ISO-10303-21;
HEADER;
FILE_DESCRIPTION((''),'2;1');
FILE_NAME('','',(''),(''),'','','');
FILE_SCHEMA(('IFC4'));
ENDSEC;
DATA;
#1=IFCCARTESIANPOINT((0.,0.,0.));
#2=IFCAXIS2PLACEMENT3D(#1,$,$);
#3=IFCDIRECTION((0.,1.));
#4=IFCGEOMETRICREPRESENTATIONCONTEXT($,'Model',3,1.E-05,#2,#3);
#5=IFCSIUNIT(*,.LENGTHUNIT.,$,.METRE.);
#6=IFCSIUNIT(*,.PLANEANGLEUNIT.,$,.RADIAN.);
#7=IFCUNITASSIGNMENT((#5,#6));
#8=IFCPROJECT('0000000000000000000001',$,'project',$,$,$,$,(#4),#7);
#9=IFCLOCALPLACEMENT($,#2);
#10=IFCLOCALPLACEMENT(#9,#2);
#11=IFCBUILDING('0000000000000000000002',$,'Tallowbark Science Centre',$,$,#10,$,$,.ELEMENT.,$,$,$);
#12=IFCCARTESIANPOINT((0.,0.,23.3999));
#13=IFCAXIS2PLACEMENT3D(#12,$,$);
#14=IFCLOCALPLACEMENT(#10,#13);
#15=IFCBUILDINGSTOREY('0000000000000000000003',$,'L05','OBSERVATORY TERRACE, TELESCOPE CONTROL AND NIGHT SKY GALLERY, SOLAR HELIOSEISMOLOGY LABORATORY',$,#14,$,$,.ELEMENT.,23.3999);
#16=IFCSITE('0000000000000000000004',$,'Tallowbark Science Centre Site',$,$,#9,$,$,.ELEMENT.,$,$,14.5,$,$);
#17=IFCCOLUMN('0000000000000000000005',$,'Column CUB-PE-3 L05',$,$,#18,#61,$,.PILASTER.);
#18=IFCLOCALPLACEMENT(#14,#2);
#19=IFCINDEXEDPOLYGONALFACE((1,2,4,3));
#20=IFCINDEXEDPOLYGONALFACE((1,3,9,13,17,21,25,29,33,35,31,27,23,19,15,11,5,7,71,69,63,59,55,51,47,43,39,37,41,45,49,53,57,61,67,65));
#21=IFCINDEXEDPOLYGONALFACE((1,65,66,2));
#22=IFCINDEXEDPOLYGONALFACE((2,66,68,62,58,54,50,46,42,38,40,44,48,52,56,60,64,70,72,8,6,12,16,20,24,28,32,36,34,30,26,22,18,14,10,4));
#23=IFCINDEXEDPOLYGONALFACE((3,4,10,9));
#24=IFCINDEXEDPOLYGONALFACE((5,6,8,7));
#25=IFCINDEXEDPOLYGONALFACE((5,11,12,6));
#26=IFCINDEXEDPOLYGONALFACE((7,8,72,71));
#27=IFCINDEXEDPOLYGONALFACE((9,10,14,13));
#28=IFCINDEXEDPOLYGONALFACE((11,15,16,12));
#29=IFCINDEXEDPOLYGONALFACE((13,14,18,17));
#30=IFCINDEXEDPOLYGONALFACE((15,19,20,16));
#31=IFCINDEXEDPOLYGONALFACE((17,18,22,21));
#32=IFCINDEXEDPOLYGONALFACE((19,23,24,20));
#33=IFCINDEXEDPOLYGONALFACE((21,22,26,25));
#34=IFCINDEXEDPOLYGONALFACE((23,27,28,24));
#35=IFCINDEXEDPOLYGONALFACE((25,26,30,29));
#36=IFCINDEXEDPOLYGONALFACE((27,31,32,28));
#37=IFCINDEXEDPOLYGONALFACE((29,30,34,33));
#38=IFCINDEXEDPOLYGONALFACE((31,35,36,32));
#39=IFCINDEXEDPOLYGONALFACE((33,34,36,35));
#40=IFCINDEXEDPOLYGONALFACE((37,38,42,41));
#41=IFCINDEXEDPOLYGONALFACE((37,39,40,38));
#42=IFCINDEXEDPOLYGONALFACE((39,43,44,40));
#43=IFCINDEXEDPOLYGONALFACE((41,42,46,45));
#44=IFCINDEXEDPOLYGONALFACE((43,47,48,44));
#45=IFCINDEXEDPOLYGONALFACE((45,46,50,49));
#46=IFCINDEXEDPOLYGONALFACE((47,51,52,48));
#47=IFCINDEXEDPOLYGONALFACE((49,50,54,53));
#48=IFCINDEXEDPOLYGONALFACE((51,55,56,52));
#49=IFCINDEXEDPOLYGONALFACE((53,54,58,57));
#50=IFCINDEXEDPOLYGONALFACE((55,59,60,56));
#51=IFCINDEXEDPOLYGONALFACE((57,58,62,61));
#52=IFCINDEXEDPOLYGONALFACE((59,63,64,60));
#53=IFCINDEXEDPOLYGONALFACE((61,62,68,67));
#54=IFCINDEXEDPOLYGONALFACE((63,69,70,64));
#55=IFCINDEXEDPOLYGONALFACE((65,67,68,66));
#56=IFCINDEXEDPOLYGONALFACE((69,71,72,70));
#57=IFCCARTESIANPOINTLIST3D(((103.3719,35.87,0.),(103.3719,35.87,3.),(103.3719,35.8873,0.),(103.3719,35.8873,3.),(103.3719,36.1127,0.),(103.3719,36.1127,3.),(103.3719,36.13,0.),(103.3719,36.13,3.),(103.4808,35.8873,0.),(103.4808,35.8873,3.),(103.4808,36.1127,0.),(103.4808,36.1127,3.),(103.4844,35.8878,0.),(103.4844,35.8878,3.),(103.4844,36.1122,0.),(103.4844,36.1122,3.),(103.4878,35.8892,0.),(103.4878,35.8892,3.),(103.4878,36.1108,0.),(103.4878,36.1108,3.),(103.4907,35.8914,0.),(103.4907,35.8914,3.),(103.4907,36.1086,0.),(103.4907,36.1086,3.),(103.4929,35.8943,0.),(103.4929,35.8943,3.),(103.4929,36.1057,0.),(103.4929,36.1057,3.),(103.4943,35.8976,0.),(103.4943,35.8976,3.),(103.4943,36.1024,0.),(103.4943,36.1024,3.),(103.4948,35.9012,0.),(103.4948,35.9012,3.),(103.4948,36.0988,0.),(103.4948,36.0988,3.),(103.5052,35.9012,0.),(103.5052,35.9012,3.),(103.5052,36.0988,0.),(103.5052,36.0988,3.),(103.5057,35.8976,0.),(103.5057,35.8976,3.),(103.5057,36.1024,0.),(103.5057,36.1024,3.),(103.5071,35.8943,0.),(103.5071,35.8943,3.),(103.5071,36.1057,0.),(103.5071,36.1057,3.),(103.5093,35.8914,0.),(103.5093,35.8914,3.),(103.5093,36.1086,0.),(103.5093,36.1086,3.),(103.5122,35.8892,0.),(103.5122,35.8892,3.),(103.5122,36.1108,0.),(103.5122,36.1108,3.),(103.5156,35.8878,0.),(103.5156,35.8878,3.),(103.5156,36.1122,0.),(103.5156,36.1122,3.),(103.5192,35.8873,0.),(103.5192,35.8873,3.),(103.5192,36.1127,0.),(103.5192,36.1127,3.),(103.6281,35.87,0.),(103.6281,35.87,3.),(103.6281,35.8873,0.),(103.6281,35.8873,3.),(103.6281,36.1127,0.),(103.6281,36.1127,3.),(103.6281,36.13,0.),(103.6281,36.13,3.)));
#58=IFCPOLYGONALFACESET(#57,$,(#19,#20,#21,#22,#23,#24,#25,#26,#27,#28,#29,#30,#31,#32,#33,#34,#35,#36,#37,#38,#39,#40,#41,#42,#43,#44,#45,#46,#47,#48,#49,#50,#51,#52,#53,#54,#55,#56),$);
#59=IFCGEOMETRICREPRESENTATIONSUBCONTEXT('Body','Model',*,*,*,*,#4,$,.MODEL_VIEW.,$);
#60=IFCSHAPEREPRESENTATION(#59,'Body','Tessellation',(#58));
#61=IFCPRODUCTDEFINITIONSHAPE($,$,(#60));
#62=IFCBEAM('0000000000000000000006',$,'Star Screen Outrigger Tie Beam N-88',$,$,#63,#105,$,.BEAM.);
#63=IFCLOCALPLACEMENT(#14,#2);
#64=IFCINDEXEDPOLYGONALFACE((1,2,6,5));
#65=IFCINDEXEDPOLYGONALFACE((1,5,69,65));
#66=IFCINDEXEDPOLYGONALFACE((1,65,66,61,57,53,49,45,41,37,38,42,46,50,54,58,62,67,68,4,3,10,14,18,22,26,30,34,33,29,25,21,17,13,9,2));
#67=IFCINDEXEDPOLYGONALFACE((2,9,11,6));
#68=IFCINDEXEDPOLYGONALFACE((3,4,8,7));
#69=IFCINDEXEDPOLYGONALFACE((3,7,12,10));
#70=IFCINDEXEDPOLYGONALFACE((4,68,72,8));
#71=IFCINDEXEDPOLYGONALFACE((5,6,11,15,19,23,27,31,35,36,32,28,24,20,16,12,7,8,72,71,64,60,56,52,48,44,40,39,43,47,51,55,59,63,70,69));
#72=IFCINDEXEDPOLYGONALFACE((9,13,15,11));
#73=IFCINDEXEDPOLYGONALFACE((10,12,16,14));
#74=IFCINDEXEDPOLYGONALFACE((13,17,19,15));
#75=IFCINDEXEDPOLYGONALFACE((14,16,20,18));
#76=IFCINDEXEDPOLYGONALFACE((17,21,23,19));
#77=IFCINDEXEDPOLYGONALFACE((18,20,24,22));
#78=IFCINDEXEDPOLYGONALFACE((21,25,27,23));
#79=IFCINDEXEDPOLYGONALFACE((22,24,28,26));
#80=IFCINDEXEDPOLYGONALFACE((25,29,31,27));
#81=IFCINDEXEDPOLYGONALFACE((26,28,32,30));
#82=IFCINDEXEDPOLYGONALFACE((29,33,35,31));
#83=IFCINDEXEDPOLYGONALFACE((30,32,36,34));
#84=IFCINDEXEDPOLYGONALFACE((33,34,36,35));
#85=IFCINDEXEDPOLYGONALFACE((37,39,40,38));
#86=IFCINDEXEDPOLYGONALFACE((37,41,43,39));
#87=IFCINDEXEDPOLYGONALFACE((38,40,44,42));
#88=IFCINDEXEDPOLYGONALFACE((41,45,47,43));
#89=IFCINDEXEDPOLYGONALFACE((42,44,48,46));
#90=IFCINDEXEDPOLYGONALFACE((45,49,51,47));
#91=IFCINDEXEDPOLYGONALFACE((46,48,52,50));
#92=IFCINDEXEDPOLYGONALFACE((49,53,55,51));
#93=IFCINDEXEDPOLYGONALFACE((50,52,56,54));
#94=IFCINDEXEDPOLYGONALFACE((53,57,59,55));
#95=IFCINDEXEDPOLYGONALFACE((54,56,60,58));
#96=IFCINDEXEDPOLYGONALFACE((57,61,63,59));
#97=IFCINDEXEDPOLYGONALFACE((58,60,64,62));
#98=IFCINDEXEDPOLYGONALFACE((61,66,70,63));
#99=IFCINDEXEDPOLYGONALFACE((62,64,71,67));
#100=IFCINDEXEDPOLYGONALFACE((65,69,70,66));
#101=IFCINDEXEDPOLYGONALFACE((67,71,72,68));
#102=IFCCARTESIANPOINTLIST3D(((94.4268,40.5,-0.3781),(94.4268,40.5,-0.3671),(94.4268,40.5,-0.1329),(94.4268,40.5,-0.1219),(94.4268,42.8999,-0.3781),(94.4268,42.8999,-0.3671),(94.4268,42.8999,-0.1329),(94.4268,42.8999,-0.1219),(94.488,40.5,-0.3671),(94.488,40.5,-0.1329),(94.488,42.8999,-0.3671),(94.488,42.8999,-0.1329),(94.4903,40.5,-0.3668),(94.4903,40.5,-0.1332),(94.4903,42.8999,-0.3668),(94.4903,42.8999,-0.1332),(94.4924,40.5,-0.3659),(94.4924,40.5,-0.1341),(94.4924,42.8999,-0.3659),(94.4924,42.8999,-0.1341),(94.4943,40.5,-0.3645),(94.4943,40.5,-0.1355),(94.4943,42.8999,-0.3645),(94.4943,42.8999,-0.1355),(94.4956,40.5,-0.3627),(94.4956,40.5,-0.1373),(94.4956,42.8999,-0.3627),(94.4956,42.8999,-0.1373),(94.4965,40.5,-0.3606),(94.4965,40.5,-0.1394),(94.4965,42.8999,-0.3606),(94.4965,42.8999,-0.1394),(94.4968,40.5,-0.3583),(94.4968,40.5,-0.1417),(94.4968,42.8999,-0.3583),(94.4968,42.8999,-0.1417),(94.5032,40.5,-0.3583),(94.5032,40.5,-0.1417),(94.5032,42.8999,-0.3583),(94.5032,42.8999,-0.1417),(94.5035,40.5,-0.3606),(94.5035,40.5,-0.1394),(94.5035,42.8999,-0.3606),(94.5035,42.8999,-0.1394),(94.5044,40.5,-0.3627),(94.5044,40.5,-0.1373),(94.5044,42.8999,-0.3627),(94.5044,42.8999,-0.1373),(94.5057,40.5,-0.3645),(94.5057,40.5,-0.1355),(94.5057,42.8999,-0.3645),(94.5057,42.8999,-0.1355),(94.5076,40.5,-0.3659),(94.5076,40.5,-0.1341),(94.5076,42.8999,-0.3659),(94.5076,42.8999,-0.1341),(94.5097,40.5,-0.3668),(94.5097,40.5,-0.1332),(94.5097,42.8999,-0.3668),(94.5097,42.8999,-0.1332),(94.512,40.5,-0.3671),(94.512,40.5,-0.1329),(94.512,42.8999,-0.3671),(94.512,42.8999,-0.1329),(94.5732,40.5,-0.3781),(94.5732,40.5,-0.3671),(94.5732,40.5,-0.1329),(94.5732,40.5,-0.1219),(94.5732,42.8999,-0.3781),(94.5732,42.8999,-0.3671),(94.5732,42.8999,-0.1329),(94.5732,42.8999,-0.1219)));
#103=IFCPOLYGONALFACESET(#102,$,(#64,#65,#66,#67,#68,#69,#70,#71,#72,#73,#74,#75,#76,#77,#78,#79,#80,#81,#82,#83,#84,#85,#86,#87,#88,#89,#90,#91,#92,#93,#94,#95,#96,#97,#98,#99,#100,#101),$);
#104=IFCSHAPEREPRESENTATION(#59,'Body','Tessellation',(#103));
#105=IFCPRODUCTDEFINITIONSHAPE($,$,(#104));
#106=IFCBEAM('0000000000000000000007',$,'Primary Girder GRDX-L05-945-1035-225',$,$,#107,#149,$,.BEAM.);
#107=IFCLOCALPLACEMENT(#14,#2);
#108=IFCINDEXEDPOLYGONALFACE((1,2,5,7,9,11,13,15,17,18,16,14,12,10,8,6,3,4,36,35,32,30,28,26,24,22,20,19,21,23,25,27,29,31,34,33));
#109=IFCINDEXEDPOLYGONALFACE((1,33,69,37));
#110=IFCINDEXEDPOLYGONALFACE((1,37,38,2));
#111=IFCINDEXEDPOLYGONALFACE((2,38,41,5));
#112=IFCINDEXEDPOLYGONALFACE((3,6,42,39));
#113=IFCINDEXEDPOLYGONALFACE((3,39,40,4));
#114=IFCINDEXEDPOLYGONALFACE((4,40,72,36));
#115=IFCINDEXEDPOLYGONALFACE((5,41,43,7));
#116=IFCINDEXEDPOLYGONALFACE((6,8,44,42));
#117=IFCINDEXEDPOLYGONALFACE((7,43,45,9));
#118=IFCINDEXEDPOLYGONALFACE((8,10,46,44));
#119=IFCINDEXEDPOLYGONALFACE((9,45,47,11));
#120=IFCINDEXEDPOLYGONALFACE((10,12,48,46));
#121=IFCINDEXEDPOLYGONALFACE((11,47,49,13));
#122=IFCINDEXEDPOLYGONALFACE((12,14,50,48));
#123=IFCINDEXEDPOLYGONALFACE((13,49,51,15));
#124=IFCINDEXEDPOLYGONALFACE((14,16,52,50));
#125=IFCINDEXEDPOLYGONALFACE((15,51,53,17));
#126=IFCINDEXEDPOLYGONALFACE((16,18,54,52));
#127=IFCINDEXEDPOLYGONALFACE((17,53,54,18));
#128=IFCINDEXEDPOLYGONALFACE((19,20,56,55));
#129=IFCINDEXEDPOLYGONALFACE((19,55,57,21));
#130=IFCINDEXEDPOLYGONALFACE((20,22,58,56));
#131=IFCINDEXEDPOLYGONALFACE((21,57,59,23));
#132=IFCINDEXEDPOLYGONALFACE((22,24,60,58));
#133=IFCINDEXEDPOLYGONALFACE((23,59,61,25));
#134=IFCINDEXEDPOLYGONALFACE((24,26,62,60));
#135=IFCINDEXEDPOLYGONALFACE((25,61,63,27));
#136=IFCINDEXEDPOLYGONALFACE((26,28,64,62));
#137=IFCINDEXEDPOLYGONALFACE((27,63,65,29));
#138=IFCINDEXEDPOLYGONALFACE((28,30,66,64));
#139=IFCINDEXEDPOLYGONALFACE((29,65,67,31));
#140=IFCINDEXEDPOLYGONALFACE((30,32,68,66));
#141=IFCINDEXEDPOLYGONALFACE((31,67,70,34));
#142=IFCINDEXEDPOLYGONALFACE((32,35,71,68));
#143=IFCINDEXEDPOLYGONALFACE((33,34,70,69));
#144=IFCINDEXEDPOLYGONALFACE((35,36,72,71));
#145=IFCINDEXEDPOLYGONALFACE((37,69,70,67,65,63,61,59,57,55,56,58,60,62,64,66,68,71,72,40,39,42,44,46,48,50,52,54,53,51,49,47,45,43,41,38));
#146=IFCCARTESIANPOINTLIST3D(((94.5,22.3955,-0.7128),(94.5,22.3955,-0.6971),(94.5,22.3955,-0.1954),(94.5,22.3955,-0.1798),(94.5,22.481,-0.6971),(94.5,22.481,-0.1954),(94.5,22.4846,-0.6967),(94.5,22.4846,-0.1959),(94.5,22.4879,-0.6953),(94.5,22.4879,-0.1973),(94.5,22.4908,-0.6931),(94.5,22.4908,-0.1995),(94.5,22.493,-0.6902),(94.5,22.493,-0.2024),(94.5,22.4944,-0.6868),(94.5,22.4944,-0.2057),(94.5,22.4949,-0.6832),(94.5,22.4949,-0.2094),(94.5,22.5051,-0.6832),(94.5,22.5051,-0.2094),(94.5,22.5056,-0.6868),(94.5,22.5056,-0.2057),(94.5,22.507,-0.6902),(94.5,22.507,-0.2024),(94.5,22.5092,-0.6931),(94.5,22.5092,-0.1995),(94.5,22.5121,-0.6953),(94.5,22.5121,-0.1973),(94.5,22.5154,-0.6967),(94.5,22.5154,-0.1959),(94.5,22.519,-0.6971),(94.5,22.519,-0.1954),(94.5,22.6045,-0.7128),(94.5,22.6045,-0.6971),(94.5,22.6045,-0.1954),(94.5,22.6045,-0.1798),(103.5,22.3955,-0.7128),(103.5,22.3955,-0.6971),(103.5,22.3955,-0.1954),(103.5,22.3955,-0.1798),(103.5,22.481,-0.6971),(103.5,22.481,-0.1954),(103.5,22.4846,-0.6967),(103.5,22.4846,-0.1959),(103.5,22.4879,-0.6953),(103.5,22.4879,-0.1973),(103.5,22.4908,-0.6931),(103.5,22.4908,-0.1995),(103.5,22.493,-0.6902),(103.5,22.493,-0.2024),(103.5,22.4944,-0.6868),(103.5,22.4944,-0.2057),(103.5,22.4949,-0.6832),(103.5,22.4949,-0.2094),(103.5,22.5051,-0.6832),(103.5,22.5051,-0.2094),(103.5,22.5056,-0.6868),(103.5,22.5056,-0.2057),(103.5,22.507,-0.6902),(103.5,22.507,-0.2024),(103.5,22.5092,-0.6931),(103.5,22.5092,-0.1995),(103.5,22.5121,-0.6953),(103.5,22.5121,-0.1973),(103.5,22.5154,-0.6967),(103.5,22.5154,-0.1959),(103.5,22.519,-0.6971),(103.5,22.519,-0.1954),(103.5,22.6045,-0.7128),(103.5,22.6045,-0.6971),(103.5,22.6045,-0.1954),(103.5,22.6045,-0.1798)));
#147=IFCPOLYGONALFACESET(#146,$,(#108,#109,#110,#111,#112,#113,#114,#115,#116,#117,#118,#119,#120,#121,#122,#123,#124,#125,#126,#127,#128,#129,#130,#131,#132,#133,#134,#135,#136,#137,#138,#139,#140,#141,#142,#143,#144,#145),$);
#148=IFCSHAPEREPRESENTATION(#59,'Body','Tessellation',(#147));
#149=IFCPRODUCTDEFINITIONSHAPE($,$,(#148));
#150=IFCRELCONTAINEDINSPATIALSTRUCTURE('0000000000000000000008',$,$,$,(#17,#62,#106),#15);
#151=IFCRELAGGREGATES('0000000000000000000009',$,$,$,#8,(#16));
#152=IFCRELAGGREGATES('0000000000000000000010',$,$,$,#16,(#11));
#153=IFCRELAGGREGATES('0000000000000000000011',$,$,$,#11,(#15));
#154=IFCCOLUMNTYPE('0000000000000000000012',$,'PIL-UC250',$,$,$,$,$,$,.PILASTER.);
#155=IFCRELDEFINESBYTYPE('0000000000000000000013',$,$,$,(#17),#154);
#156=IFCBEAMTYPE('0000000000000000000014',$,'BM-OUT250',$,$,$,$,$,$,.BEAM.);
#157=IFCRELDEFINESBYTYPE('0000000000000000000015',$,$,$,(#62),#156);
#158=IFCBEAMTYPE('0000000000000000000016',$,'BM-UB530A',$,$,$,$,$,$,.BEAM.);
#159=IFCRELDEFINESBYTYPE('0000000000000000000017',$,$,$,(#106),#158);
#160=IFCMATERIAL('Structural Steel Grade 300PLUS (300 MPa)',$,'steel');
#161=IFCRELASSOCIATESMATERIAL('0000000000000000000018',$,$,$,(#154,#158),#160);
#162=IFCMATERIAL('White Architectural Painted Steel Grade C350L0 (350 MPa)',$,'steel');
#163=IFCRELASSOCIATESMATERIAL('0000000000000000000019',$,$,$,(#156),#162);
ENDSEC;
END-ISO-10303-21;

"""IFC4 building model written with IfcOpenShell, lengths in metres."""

from ifc_helpers import new_model, si_unit, direction, frame, origin, origin_2d, place, context, subcontext, project, spatial, i_section, extrude, material, material_profile, profile_set, type_object, element, save


model = new_model("IFC4")

# Units and contexts
model_context = context("Model", 3, precision=1e-05, world=origin(), true_north=direction((0.0, 1.0)))
body_context = subcontext(model_context, "Body", "Model", "MODEL_VIEW")
ifc_project = project(units=[si_unit("LENGTHUNIT", "METRE"), si_unit("PLANEANGLEUNIT", "RADIAN")], contexts=[model_context])

# Site, building, storey
site_placement = place(None, origin())
site = spatial("IfcSite", under=ifc_project, at=site_placement, Name="Tallowbark Science Centre Site", CompositionType="ELEMENT", RefElevation=14.5)
building_placement = place(site_placement, origin())
building = spatial("IfcBuilding", under=site, at=building_placement, Name="Tallowbark Science Centre", CompositionType="ELEMENT")
storey_placement = place(building_placement, frame((0.0, 0.0, 23.3999)))
storey = spatial("IfcBuildingStorey", under=building, at=storey_placement, Name="L05", Description="OBSERVATORY TERRACE, TELESCOPE CONTROL AND NIGHT SKY GALLERY, SOLAR HELIOSEISMOLOGY LABORATORY", CompositionType="ELEMENT", Elevation=23.3999)

# Column
ifc_material_1 = material(Name="White Architectural Painted Steel Grade C350L0 (350 MPa)", Category="steel")
ifc_material_2 = material(Name="Structural Steel Grade 300PLUS (300 MPa)", Category="steel")
ifc_material_profile_1 = material_profile(ifc_material_2, i_section(OverallWidth=0.2561, OverallDepth=0.26, WebThickness=0.0105, FlangeThickness=0.0173, FilletRadius=0.0139, at=origin_2d()), Name="250UC89.5")
ifc_profile_set_1 = profile_set([ifc_material_profile_1], Name="Structural Steel Grade 300PLUS (300 MPa)")
column_type_1 = type_object("IfcColumnType", Name="PIL-UC250", PredefinedType="PILASTER", material=ifc_profile_set_1)
for number, where, z_axis, x_axis, name in (
    (1, (103.5, 36.0, 0.0), (0.0, 0.0, 1.0), (1.0, 0.0, 0.0), "Column CUB-PE-3 L05"),
):
    element("IfcColumn", number, at=place(storey_placement, frame(where, z_axis=z_axis, x_axis=x_axis)), inside=storey, type_object=column_type_1, Name=name, PredefinedType="PILASTER", context=body_context, shape_type="SweptSolid", body=[
        extrude(i_section(OverallWidth=0.2561, OverallDepth=0.26, WebThickness=0.0105, FlangeThickness=0.0173, FilletRadius=0.0139, at=origin_2d()), origin(), (0.0, 0.0, 1.0), 3.0),
    ])

# Beams
ifc_material_profile_2 = material_profile(ifc_material_1, i_section(OverallWidth=0.1465, OverallDepth=0.2561, WebThickness=0.0063, FlangeThickness=0.011, FilletRadius=0.0088, at=origin_2d()), Name="250UB37.3")
ifc_profile_set_2 = profile_set([ifc_material_profile_2], Name="White Architectural Painted Steel Grade C350L0 (350 MPa)")
beam_type_1 = type_object("IfcBeamType", Name="BM-OUT250", PredefinedType="BEAM", material=ifc_profile_set_2)
beam_1_placement = place(storey_placement, frame((94.5, 40.5, -0.25), z_axis=(0.0, 1.0, 0.0), x_axis=(-1.0, 0.0, 0.0)))
element("IfcBeam", 2, at=beam_1_placement, inside=storey, type_object=beam_type_1, Name="Star Screen Outrigger Tie Beam N-88", PredefinedType="BEAM", context=body_context, shape_type="SweptSolid", body=[
    extrude(i_section(OverallWidth=0.1465, OverallDepth=0.2561, WebThickness=0.0063, FlangeThickness=0.011, FilletRadius=0.0088, at=origin_2d()), origin(), (0.0, 0.0, 1.0), 2.3999),
])
ifc_material_profile_3 = material_profile(ifc_material_2, i_section(OverallWidth=0.209, OverallDepth=0.533, WebThickness=0.0103, FlangeThickness=0.0156, FilletRadius=0.0139, at=origin_2d()), Name="530UB92.4")
ifc_profile_set_3 = profile_set([ifc_material_profile_3], Name="Structural Steel Grade 300PLUS (300 MPa)")
beam_type_2 = type_object("IfcBeamType", Name="BM-UB530A", PredefinedType="BEAM", material=ifc_profile_set_3)
beam_2_placement = place(storey_placement, frame((94.5, 22.5, -0.4463), z_axis=(1.0, 0.0, 0.0), x_axis=(0.0, 1.0, 0.0)))
element("IfcBeam", 3, at=beam_2_placement, inside=storey, type_object=beam_type_2, Name="Primary Girder GRDX-L05-945-1035-225", PredefinedType="BEAM", context=body_context, shape_type="SweptSolid", body=[
    extrude(i_section(OverallWidth=0.209, OverallDepth=0.533, WebThickness=0.0103, FlangeThickness=0.0156, FilletRadius=0.0139, at=origin_2d()), origin(), (0.0, 0.0, 1.0), 9.0),
])

save(model, "model.ifc")
